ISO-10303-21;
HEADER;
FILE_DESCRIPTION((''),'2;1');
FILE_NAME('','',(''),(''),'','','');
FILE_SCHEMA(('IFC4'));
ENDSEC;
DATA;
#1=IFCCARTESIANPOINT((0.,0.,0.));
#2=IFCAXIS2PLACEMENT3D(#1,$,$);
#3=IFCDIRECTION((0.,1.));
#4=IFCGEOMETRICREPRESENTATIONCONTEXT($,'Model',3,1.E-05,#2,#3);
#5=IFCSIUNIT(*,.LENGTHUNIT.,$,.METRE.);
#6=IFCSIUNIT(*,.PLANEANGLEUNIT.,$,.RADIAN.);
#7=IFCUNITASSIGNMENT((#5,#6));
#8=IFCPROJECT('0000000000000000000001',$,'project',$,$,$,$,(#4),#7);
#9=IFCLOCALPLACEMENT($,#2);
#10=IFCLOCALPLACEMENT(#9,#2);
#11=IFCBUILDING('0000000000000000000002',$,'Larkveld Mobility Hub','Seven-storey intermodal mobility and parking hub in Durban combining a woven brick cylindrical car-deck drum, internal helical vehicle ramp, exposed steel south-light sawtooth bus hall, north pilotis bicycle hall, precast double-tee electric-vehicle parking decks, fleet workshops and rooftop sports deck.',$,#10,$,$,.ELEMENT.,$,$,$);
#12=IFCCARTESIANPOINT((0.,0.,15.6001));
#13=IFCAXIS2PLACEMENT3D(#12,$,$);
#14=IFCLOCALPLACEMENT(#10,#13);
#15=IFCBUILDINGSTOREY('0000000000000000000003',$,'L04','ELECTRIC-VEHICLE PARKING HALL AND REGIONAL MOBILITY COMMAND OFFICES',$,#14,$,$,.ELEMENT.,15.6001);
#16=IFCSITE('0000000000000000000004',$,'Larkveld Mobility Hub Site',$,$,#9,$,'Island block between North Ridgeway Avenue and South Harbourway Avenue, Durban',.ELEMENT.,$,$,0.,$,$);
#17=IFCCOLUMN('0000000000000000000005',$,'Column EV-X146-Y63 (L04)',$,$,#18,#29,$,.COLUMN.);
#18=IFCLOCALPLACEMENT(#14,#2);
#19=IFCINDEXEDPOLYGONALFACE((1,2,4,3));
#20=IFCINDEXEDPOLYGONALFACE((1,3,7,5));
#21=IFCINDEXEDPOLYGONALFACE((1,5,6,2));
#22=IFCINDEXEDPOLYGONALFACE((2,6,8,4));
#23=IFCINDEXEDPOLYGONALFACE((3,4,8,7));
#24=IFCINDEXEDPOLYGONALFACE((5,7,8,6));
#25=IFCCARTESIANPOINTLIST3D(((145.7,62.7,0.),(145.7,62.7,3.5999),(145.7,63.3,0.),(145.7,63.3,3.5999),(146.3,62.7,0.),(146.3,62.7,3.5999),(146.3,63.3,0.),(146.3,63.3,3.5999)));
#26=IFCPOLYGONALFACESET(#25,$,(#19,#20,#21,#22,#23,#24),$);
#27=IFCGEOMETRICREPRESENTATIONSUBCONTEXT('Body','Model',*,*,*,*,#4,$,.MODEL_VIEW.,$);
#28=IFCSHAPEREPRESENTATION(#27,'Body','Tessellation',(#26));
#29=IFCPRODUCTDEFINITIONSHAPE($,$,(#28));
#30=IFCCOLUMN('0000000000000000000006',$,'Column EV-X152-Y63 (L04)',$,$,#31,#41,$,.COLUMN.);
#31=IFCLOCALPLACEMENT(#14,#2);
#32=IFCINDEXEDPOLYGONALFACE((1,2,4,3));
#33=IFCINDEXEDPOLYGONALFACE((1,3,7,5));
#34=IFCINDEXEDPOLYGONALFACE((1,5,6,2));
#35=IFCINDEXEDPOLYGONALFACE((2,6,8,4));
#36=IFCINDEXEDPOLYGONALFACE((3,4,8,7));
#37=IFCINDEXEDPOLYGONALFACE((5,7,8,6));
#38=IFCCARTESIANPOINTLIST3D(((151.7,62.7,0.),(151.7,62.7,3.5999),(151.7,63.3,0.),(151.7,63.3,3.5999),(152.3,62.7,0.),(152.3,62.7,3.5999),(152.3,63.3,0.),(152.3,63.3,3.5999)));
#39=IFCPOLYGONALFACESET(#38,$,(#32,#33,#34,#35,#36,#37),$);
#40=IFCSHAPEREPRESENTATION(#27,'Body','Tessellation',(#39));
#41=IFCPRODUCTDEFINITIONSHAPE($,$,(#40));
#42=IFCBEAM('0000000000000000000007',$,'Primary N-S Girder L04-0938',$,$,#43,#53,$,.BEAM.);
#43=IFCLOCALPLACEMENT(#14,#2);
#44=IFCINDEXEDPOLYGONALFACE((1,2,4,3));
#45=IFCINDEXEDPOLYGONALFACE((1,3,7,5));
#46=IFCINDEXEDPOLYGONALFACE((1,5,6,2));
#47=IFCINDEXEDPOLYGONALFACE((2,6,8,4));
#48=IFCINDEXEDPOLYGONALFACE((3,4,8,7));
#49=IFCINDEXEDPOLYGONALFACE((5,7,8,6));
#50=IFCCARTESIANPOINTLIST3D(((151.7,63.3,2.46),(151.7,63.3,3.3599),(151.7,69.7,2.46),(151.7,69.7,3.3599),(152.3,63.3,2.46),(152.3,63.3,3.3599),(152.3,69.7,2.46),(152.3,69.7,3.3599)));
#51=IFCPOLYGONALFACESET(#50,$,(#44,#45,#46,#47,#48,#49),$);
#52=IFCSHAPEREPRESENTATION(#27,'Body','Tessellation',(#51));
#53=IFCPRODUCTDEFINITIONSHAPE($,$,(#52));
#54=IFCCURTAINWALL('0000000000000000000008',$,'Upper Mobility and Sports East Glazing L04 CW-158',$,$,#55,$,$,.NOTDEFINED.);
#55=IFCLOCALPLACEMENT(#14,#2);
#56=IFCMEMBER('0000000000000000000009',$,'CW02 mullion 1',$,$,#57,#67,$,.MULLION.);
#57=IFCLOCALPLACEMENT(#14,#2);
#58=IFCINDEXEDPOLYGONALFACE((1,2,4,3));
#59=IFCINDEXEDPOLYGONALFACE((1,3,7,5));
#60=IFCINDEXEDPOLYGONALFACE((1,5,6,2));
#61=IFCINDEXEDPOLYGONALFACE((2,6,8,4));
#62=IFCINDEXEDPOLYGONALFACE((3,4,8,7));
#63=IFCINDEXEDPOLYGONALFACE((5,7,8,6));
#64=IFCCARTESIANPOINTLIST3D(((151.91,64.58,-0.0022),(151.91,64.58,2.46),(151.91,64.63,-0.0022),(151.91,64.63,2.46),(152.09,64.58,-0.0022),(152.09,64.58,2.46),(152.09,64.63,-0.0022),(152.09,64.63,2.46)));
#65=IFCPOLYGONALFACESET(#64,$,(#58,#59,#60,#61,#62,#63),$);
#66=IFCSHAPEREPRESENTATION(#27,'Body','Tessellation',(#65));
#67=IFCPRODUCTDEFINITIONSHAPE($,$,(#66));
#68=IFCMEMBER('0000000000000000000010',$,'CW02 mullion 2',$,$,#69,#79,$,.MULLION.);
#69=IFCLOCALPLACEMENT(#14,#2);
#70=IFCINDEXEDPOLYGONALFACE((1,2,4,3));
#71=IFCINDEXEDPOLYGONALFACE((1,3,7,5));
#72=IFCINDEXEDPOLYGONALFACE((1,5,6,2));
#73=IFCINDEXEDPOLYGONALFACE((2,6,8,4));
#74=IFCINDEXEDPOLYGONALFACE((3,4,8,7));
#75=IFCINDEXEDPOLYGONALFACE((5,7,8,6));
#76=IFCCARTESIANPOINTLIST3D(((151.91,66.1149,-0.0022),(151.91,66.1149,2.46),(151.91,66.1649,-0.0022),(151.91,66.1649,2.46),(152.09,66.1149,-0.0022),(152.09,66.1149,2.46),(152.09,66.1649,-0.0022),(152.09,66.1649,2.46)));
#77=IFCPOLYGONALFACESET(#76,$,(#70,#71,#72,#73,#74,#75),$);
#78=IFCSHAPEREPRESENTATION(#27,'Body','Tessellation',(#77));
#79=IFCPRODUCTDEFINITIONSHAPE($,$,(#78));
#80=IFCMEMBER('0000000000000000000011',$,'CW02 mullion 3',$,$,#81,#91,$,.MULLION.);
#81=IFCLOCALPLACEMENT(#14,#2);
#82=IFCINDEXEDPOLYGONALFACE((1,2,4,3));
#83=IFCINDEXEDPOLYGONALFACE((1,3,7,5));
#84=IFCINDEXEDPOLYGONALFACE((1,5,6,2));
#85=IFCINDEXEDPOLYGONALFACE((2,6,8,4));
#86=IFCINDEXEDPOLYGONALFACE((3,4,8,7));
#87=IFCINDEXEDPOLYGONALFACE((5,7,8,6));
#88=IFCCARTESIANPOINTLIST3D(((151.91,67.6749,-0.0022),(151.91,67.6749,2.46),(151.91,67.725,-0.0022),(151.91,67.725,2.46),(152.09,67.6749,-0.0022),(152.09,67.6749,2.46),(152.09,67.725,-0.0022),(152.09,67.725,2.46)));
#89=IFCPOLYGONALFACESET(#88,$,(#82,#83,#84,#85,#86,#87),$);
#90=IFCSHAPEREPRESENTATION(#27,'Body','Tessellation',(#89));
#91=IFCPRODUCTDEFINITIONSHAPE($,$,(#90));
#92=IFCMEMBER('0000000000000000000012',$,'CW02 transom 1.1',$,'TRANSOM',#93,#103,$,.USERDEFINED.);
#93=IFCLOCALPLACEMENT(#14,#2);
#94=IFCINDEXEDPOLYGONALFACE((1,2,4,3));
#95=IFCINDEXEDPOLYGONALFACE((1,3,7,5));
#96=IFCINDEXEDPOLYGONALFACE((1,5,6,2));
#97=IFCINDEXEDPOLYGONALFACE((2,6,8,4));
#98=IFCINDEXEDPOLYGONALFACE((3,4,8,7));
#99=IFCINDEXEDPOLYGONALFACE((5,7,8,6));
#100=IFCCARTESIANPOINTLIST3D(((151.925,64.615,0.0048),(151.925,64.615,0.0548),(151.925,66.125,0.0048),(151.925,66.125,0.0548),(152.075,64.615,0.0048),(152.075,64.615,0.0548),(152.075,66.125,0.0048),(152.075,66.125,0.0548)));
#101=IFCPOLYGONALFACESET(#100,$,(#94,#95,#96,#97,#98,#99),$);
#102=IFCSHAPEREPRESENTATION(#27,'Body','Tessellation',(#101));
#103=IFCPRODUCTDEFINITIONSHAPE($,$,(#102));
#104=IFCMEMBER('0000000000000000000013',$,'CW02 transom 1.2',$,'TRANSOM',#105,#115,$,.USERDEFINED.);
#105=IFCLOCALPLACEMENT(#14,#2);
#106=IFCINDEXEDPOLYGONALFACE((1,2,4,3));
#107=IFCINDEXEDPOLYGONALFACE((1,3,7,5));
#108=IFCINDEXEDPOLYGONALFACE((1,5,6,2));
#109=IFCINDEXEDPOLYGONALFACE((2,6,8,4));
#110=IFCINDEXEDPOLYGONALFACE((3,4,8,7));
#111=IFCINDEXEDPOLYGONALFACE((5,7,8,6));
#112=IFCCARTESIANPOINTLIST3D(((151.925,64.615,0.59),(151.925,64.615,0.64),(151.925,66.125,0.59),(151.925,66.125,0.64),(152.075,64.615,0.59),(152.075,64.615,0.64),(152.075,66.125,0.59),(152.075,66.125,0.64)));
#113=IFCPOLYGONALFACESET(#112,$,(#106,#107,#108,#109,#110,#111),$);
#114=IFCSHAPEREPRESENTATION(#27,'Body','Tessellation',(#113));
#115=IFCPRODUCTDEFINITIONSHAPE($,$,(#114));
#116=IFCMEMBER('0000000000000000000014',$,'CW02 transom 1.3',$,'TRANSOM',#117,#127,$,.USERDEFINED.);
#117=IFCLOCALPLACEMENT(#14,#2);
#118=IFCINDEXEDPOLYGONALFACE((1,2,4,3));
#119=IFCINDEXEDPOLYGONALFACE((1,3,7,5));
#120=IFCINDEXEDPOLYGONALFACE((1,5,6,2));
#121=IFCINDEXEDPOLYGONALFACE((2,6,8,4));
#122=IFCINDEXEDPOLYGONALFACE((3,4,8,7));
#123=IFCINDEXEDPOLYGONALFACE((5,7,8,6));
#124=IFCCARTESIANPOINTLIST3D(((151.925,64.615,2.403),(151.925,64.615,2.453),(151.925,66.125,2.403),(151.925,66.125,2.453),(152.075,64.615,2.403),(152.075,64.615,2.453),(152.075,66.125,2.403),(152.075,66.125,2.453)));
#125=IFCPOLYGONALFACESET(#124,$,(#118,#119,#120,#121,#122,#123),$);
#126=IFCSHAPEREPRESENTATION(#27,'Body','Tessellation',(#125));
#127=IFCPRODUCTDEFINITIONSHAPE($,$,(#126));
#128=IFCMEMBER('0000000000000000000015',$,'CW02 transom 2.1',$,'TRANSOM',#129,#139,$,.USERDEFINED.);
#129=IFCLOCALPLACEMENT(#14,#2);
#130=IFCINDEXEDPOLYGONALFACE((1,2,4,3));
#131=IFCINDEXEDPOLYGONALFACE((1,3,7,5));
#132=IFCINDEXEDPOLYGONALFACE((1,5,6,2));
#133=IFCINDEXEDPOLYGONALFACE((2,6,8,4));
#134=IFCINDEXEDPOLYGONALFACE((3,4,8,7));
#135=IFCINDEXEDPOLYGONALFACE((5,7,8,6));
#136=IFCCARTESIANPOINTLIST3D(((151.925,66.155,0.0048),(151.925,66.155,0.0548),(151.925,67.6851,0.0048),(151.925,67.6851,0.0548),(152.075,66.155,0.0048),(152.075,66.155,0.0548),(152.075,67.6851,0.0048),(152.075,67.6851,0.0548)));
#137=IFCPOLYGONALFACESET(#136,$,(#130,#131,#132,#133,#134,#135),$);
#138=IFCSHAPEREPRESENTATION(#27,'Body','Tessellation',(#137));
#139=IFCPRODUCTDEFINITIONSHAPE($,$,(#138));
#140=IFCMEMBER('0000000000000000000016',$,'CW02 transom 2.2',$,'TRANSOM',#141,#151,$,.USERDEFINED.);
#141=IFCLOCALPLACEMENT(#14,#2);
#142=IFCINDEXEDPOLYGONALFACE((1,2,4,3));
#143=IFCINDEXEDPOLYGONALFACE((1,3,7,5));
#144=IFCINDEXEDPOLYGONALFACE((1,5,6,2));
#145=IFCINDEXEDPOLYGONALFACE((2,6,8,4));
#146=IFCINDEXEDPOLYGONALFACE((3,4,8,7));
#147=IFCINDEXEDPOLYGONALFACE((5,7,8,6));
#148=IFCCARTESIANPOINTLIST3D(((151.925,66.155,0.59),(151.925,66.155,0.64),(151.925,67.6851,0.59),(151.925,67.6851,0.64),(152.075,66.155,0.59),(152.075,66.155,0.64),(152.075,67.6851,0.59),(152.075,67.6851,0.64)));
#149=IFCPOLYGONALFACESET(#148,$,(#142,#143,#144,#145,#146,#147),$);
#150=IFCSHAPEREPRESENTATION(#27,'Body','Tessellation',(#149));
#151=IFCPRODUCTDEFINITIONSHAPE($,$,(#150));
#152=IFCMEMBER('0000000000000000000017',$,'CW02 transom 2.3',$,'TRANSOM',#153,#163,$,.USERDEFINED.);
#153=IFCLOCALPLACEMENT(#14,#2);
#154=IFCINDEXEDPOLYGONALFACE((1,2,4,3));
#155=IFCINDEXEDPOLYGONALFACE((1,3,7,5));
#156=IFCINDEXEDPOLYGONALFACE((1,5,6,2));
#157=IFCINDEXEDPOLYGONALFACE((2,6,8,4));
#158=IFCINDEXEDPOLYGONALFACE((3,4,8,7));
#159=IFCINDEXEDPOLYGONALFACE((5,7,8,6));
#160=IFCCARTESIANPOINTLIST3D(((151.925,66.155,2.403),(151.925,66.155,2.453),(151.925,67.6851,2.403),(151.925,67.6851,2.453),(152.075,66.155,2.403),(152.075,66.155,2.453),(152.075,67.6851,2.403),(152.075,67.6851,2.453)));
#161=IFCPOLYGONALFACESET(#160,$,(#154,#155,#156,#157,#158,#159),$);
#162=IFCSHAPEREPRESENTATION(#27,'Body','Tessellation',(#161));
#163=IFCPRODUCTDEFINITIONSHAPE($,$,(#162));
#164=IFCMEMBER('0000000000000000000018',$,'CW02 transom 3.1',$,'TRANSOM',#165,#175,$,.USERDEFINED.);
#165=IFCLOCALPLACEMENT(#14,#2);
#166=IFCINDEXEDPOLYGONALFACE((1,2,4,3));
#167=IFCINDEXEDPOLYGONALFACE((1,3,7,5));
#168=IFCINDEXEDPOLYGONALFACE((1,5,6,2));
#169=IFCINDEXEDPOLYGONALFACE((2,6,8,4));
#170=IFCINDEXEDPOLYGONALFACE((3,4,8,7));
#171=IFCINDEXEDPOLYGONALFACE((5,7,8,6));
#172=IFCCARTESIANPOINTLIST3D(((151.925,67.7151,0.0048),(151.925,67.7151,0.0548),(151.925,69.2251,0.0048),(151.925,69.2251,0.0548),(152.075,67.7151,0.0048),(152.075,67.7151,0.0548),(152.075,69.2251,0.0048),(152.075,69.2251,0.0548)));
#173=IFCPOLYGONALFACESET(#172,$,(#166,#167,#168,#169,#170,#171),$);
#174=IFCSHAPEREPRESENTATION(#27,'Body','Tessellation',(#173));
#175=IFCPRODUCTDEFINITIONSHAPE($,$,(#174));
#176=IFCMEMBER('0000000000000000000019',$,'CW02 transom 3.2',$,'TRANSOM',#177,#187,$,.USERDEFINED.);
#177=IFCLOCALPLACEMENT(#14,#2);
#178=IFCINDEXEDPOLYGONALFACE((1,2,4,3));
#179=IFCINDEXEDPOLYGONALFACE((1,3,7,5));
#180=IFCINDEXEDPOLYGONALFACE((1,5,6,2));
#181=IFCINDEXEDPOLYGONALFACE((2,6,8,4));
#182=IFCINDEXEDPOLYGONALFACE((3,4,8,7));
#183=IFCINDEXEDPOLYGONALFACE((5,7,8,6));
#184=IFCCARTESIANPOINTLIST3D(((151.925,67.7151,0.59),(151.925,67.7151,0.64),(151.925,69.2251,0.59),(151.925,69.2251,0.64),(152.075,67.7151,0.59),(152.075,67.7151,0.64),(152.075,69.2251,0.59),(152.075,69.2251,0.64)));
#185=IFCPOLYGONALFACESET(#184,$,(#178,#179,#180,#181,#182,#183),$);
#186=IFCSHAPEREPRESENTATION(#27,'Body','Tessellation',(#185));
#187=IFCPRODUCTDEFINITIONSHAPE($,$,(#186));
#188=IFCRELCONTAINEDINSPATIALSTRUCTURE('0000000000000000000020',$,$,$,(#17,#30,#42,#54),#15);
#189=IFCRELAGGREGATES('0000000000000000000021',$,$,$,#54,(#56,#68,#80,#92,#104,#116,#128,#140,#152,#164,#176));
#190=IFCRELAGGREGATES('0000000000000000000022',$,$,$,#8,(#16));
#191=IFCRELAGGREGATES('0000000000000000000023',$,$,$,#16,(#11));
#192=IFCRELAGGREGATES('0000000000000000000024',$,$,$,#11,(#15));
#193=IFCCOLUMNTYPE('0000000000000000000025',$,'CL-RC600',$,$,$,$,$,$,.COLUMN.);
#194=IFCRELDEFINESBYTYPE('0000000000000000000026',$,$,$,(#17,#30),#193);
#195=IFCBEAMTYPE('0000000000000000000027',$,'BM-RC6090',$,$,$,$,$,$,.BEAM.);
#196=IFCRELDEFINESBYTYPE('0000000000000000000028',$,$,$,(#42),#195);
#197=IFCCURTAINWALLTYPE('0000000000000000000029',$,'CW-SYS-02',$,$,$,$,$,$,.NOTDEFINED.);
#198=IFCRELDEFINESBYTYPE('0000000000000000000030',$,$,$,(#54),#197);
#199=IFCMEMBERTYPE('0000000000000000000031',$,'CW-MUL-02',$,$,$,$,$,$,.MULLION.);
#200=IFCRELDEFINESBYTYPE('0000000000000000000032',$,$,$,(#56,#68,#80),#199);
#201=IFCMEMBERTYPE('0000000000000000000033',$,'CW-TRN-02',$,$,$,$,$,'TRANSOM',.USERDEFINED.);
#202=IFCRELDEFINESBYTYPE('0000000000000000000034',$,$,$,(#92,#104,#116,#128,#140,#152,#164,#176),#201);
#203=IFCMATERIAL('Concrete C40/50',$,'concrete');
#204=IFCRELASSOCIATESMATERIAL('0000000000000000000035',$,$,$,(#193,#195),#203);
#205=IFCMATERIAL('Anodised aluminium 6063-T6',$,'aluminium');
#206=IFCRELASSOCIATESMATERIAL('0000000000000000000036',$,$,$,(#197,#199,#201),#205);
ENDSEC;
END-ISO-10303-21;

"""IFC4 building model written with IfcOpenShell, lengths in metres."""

from ifc_helpers import new_model, si_unit, direction, frame, origin, origin_2d, place, context, subcontext, project, spatial, rectangle, extrude, material, material_profile, profile_set, type_object, element, aggregate, save


model = new_model("IFC4")

# Units and contexts
model_context = context("Model", 3, precision=1e-05, world=origin(), true_north=direction((0.0, 1.0)))
body_context = subcontext(model_context, "Body", "Model", "MODEL_VIEW")
ifc_project = project(units=[si_unit("LENGTHUNIT", "METRE"), si_unit("PLANEANGLEUNIT", "RADIAN")], contexts=[model_context])

# Site, building, storey
site_placement = place(None, origin())
site = spatial("IfcSite", under=ifc_project, at=site_placement, Name="Larkveld Mobility Hub Site", LongName="Island block between North Ridgeway Avenue and South Harbourway Avenue, Durban", CompositionType="ELEMENT", RefElevation=0.0)
building_placement = place(site_placement, origin())
building = spatial("IfcBuilding", under=site, at=building_placement, Name="Larkveld Mobility Hub", Description="Seven-storey intermodal mobility and parking hub in Durban combining a woven brick cylindrical car-deck drum, internal helical vehicle ramp, exposed steel south-light sawtooth bus hall, north pilotis bicycle hall, precast double-tee electric-vehicle parking decks, fleet workshops and rooftop sports deck.", CompositionType="ELEMENT")
storey_placement = place(building_placement, frame((0.0, 0.0, 15.6001)))
storey = spatial("IfcBuildingStorey", under=building, at=storey_placement, Name="L04", Description="ELECTRIC-VEHICLE PARKING HALL AND REGIONAL MOBILITY COMMAND OFFICES", CompositionType="ELEMENT", Elevation=15.6001)

# Columns
ifc_material_1 = material(Name="Concrete C40/50", Category="concrete")
ifc_material_profile_1 = material_profile(ifc_material_1, rectangle(XDim=0.6001, YDim=0.6001, at=origin_2d()), Name="RC COL 600x600")
ifc_profile_set_1 = profile_set([ifc_material_profile_1], Name="Concrete C40/50")
column_type = type_object("IfcColumnType", Name="CL-RC600", PredefinedType="COLUMN", material=ifc_profile_set_1)
for number, where, z_axis, x_axis, name in (
    (1, (146.0, 63.0, 0.0), (0.0, 0.0, 1.0), (1.0, 0.0, 0.0), "Column EV-X146-Y63 (L04)"),
    (2, (152.0, 63.0, 0.0), (0.0, 0.0, 1.0), (1.0, 0.0, 0.0), "Column EV-X152-Y63 (L04)"),
):
    element("IfcColumn", number, at=place(storey_placement, frame(where, z_axis=z_axis, x_axis=x_axis)), inside=storey, type_object=column_type, Name=name, PredefinedType="COLUMN", context=body_context, shape_type="SweptSolid", body=[
        extrude(rectangle(XDim=0.6001, YDim=0.6001, at=origin_2d()), origin(), (0.0, 0.0, 1.0), 3.5999),
    ])

# Beam
ifc_material_profile_2 = material_profile(ifc_material_1, rectangle(XDim=0.6001, YDim=0.8999, at=origin_2d()), Name="RC BM 600x900")
ifc_profile_set_2 = profile_set([ifc_material_profile_2], Name="Concrete C40/50")
beam_type = type_object("IfcBeamType", Name="BM-RC6090", PredefinedType="BEAM", material=ifc_profile_set_2)
beam_placement = place(storey_placement, frame((152.0, 63.3, 2.9099), z_axis=(0.0, 1.0, 0.0), x_axis=(-1.0, 0.0, 0.0)))
element("IfcBeam", 3, at=beam_placement, inside=storey, type_object=beam_type, Name="Primary N-S Girder L04-0938", PredefinedType="BEAM", context=body_context, shape_type="SweptSolid", body=[
    extrude(rectangle(XDim=0.6001, YDim=0.8999, at=origin_2d()), origin(), (0.0, 0.0, 1.0), 6.3999),
])

# Curtain wall, members
ifc_material_2 = material(Name="Anodised aluminium 6063-T6", Category="aluminium")
curtain_wall_type = type_object("IfcCurtainWallType", Name="CW-SYS-02", PredefinedType="NOTDEFINED", material=ifc_material_2)
curtain_wall_placement = place(storey_placement, origin())
curtain_wall = element("IfcCurtainWall", 4, at=curtain_wall_placement, inside=storey, type_object=curtain_wall_type, Name="Upper Mobility and Sports East Glazing L04 CW-158", PredefinedType="NOTDEFINED")
ifc_material_profile_3 = material_profile(ifc_material_2, rectangle(XDim=0.05, YDim=0.1799, at=origin_2d()), Name="ALU MULL 50x180")
ifc_profile_set_3 = profile_set([ifc_material_profile_3], Name="Anodised aluminium 6063-T6")
member_type_1 = type_object("IfcMemberType", Name="CW-MUL-02", PredefinedType="MULLION", material=ifc_profile_set_3)
member_1_placement = place(storey_placement, frame((152.0, 64.605, -0.0022), z_axis=(0.0, 0.0, 1.0), x_axis=(0.0, 1.0, 0.0)))
member_1 = element("IfcMember", 5, at=member_1_placement, type_object=member_type_1, Name="CW02 mullion 1", PredefinedType="MULLION", context=body_context, shape_type="SweptSolid", body=[
    extrude(rectangle(XDim=0.05, YDim=0.1799, at=origin_2d()), origin(), (0.0, 0.0, 1.0), 2.4622),
])
member_2_placement = place(storey_placement, frame((152.0, 66.1399, -0.0022), z_axis=(0.0, 0.0, 1.0), x_axis=(0.0, 1.0, 0.0)))
member_2 = element("IfcMember", 6, at=member_2_placement, type_object=member_type_1, Name="CW02 mullion 2", PredefinedType="MULLION", context=body_context, shape_type="SweptSolid", body=[
    extrude(rectangle(XDim=0.05, YDim=0.1799, at=origin_2d()), origin(), (0.0, 0.0, 1.0), 2.4622),
])
member_3_placement = place(storey_placement, frame((152.0, 67.7, -0.0022), z_axis=(0.0, 0.0, 1.0), x_axis=(0.0, 1.0, 0.0)))
member_3 = element("IfcMember", 7, at=member_3_placement, type_object=member_type_1, Name="CW02 mullion 3", PredefinedType="MULLION", context=body_context, shape_type="SweptSolid", body=[
    extrude(rectangle(XDim=0.05, YDim=0.1799, at=origin_2d()), origin(), (0.0, 0.0, 1.0), 2.4622),
])
ifc_material_profile_4 = material_profile(ifc_material_2, rectangle(XDim=0.1499, YDim=0.05, at=origin_2d()), Name="ALU TRAN 50x150")
ifc_profile_set_4 = profile_set([ifc_material_profile_4], Name="Anodised aluminium 6063-T6")
member_type_2 = type_object("IfcMemberType", Name="CW-TRN-02", ElementType="TRANSOM", PredefinedType="USERDEFINED", material=ifc_profile_set_4)
member_4_placement = place(storey_placement, frame((152.0, 64.615, 0.0298), z_axis=(0.0, 1.0, 0.0), x_axis=(-1.0, 0.0, 0.0)))
member_4 = element("IfcMember", 8, at=member_4_placement, type_object=member_type_2, Name="CW02 transom 1.1", ObjectType="TRANSOM", PredefinedType="USERDEFINED", context=body_context, shape_type="SweptSolid", body=[
    extrude(rectangle(XDim=0.1499, YDim=0.05, at=origin_2d()), origin(), (0.0, 0.0, 1.0), 1.51),
])
member_5_placement = place(storey_placement, frame((152.0, 64.615, 0.615), z_axis=(0.0, 1.0, 0.0), x_axis=(-1.0, 0.0, 0.0)))
member_5 = element("IfcMember", 9, at=member_5_placement, type_object=member_type_2, Name="CW02 transom 1.2", ObjectType="TRANSOM", PredefinedType="USERDEFINED", context=body_context, shape_type="SweptSolid", body=[
    extrude(rectangle(XDim=0.1499, YDim=0.05, at=origin_2d()), origin(), (0.0, 0.0, 1.0), 1.51),
])
member_6_placement = place(storey_placement, frame((152.0, 64.615, 2.428), z_axis=(0.0, 1.0, 0.0), x_axis=(-1.0, 0.0, 0.0)))
member_6 = element("IfcMember", 10, at=member_6_placement, type_object=member_type_2, Name="CW02 transom 1.3", ObjectType="TRANSOM", PredefinedType="USERDEFINED", context=body_context, shape_type="SweptSolid", body=[
    extrude(rectangle(XDim=0.1499, YDim=0.05, at=origin_2d()), origin(), (0.0, 0.0, 1.0), 1.51),
])
member_7_placement = place(storey_placement, frame((152.0, 66.155, 0.0298), z_axis=(0.0, 1.0, 0.0), x_axis=(-1.0, 0.0, 0.0)))
member_7 = element("IfcMember", 11, at=member_7_placement, type_object=member_type_2, Name="CW02 transom 2.1", ObjectType="TRANSOM", PredefinedType="USERDEFINED", context=body_context, shape_type="SweptSolid", body=[
    extrude(rectangle(XDim=0.1499, YDim=0.05, at=origin_2d()), origin(), (0.0, 0.0, 1.0), 1.53),
])
member_8_placement = place(storey_placement, frame((152.0, 66.155, 0.615), z_axis=(0.0, 1.0, 0.0), x_axis=(-1.0, 0.0, 0.0)))
member_8 = element("IfcMember", 12, at=member_8_placement, type_object=member_type_2, Name="CW02 transom 2.2", ObjectType="TRANSOM", PredefinedType="USERDEFINED", context=body_context, shape_type="SweptSolid", body=[
    extrude(rectangle(XDim=0.1499, YDim=0.05, at=origin_2d()), origin(), (0.0, 0.0, 1.0), 1.53),
])
member_9_placement = place(storey_placement, frame((152.0, 66.155, 2.428), z_axis=(0.0, 1.0, 0.0), x_axis=(-1.0, 0.0, 0.0)))
member_9 = element("IfcMember", 13, at=member_9_placement, type_object=member_type_2, Name="CW02 transom 2.3", ObjectType="TRANSOM", PredefinedType="USERDEFINED", context=body_context, shape_type="SweptSolid", body=[
    extrude(rectangle(XDim=0.1499, YDim=0.05, at=origin_2d()), origin(), (0.0, 0.0, 1.0), 1.53),
])
member_10_placement = place(storey_placement, frame((152.0, 67.7151, 0.0298), z_axis=(0.0, 1.0, 0.0), x_axis=(-1.0, 0.0, 0.0)))
member_10 = element("IfcMember", 14, at=member_10_placement, type_object=member_type_2, Name="CW02 transom 3.1", ObjectType="TRANSOM", PredefinedType="USERDEFINED", context=body_context, shape_type="SweptSolid", body=[
    extrude(rectangle(XDim=0.1499, YDim=0.05, at=origin_2d()), origin(), (0.0, 0.0, 1.0), 1.51),
])
member_11_placement = place(storey_placement, frame((152.0, 67.7151, 0.615), z_axis=(0.0, 1.0, 0.0), x_axis=(-1.0, 0.0, 0.0)))
member_11 = element("IfcMember", 15, at=member_11_placement, type_object=member_type_2, Name="CW02 transom 3.2", ObjectType="TRANSOM", PredefinedType="USERDEFINED", context=body_context, shape_type="SweptSolid", body=[
    extrude(rectangle(XDim=0.1499, YDim=0.05, at=origin_2d()), origin(), (0.0, 0.0, 1.0), 1.51),
])
aggregate(curtain_wall, [member_1, member_2, member_3, member_4, member_5, member_6, member_7, member_8, member_9, member_10, member_11])

save(model, "model.ifc")
